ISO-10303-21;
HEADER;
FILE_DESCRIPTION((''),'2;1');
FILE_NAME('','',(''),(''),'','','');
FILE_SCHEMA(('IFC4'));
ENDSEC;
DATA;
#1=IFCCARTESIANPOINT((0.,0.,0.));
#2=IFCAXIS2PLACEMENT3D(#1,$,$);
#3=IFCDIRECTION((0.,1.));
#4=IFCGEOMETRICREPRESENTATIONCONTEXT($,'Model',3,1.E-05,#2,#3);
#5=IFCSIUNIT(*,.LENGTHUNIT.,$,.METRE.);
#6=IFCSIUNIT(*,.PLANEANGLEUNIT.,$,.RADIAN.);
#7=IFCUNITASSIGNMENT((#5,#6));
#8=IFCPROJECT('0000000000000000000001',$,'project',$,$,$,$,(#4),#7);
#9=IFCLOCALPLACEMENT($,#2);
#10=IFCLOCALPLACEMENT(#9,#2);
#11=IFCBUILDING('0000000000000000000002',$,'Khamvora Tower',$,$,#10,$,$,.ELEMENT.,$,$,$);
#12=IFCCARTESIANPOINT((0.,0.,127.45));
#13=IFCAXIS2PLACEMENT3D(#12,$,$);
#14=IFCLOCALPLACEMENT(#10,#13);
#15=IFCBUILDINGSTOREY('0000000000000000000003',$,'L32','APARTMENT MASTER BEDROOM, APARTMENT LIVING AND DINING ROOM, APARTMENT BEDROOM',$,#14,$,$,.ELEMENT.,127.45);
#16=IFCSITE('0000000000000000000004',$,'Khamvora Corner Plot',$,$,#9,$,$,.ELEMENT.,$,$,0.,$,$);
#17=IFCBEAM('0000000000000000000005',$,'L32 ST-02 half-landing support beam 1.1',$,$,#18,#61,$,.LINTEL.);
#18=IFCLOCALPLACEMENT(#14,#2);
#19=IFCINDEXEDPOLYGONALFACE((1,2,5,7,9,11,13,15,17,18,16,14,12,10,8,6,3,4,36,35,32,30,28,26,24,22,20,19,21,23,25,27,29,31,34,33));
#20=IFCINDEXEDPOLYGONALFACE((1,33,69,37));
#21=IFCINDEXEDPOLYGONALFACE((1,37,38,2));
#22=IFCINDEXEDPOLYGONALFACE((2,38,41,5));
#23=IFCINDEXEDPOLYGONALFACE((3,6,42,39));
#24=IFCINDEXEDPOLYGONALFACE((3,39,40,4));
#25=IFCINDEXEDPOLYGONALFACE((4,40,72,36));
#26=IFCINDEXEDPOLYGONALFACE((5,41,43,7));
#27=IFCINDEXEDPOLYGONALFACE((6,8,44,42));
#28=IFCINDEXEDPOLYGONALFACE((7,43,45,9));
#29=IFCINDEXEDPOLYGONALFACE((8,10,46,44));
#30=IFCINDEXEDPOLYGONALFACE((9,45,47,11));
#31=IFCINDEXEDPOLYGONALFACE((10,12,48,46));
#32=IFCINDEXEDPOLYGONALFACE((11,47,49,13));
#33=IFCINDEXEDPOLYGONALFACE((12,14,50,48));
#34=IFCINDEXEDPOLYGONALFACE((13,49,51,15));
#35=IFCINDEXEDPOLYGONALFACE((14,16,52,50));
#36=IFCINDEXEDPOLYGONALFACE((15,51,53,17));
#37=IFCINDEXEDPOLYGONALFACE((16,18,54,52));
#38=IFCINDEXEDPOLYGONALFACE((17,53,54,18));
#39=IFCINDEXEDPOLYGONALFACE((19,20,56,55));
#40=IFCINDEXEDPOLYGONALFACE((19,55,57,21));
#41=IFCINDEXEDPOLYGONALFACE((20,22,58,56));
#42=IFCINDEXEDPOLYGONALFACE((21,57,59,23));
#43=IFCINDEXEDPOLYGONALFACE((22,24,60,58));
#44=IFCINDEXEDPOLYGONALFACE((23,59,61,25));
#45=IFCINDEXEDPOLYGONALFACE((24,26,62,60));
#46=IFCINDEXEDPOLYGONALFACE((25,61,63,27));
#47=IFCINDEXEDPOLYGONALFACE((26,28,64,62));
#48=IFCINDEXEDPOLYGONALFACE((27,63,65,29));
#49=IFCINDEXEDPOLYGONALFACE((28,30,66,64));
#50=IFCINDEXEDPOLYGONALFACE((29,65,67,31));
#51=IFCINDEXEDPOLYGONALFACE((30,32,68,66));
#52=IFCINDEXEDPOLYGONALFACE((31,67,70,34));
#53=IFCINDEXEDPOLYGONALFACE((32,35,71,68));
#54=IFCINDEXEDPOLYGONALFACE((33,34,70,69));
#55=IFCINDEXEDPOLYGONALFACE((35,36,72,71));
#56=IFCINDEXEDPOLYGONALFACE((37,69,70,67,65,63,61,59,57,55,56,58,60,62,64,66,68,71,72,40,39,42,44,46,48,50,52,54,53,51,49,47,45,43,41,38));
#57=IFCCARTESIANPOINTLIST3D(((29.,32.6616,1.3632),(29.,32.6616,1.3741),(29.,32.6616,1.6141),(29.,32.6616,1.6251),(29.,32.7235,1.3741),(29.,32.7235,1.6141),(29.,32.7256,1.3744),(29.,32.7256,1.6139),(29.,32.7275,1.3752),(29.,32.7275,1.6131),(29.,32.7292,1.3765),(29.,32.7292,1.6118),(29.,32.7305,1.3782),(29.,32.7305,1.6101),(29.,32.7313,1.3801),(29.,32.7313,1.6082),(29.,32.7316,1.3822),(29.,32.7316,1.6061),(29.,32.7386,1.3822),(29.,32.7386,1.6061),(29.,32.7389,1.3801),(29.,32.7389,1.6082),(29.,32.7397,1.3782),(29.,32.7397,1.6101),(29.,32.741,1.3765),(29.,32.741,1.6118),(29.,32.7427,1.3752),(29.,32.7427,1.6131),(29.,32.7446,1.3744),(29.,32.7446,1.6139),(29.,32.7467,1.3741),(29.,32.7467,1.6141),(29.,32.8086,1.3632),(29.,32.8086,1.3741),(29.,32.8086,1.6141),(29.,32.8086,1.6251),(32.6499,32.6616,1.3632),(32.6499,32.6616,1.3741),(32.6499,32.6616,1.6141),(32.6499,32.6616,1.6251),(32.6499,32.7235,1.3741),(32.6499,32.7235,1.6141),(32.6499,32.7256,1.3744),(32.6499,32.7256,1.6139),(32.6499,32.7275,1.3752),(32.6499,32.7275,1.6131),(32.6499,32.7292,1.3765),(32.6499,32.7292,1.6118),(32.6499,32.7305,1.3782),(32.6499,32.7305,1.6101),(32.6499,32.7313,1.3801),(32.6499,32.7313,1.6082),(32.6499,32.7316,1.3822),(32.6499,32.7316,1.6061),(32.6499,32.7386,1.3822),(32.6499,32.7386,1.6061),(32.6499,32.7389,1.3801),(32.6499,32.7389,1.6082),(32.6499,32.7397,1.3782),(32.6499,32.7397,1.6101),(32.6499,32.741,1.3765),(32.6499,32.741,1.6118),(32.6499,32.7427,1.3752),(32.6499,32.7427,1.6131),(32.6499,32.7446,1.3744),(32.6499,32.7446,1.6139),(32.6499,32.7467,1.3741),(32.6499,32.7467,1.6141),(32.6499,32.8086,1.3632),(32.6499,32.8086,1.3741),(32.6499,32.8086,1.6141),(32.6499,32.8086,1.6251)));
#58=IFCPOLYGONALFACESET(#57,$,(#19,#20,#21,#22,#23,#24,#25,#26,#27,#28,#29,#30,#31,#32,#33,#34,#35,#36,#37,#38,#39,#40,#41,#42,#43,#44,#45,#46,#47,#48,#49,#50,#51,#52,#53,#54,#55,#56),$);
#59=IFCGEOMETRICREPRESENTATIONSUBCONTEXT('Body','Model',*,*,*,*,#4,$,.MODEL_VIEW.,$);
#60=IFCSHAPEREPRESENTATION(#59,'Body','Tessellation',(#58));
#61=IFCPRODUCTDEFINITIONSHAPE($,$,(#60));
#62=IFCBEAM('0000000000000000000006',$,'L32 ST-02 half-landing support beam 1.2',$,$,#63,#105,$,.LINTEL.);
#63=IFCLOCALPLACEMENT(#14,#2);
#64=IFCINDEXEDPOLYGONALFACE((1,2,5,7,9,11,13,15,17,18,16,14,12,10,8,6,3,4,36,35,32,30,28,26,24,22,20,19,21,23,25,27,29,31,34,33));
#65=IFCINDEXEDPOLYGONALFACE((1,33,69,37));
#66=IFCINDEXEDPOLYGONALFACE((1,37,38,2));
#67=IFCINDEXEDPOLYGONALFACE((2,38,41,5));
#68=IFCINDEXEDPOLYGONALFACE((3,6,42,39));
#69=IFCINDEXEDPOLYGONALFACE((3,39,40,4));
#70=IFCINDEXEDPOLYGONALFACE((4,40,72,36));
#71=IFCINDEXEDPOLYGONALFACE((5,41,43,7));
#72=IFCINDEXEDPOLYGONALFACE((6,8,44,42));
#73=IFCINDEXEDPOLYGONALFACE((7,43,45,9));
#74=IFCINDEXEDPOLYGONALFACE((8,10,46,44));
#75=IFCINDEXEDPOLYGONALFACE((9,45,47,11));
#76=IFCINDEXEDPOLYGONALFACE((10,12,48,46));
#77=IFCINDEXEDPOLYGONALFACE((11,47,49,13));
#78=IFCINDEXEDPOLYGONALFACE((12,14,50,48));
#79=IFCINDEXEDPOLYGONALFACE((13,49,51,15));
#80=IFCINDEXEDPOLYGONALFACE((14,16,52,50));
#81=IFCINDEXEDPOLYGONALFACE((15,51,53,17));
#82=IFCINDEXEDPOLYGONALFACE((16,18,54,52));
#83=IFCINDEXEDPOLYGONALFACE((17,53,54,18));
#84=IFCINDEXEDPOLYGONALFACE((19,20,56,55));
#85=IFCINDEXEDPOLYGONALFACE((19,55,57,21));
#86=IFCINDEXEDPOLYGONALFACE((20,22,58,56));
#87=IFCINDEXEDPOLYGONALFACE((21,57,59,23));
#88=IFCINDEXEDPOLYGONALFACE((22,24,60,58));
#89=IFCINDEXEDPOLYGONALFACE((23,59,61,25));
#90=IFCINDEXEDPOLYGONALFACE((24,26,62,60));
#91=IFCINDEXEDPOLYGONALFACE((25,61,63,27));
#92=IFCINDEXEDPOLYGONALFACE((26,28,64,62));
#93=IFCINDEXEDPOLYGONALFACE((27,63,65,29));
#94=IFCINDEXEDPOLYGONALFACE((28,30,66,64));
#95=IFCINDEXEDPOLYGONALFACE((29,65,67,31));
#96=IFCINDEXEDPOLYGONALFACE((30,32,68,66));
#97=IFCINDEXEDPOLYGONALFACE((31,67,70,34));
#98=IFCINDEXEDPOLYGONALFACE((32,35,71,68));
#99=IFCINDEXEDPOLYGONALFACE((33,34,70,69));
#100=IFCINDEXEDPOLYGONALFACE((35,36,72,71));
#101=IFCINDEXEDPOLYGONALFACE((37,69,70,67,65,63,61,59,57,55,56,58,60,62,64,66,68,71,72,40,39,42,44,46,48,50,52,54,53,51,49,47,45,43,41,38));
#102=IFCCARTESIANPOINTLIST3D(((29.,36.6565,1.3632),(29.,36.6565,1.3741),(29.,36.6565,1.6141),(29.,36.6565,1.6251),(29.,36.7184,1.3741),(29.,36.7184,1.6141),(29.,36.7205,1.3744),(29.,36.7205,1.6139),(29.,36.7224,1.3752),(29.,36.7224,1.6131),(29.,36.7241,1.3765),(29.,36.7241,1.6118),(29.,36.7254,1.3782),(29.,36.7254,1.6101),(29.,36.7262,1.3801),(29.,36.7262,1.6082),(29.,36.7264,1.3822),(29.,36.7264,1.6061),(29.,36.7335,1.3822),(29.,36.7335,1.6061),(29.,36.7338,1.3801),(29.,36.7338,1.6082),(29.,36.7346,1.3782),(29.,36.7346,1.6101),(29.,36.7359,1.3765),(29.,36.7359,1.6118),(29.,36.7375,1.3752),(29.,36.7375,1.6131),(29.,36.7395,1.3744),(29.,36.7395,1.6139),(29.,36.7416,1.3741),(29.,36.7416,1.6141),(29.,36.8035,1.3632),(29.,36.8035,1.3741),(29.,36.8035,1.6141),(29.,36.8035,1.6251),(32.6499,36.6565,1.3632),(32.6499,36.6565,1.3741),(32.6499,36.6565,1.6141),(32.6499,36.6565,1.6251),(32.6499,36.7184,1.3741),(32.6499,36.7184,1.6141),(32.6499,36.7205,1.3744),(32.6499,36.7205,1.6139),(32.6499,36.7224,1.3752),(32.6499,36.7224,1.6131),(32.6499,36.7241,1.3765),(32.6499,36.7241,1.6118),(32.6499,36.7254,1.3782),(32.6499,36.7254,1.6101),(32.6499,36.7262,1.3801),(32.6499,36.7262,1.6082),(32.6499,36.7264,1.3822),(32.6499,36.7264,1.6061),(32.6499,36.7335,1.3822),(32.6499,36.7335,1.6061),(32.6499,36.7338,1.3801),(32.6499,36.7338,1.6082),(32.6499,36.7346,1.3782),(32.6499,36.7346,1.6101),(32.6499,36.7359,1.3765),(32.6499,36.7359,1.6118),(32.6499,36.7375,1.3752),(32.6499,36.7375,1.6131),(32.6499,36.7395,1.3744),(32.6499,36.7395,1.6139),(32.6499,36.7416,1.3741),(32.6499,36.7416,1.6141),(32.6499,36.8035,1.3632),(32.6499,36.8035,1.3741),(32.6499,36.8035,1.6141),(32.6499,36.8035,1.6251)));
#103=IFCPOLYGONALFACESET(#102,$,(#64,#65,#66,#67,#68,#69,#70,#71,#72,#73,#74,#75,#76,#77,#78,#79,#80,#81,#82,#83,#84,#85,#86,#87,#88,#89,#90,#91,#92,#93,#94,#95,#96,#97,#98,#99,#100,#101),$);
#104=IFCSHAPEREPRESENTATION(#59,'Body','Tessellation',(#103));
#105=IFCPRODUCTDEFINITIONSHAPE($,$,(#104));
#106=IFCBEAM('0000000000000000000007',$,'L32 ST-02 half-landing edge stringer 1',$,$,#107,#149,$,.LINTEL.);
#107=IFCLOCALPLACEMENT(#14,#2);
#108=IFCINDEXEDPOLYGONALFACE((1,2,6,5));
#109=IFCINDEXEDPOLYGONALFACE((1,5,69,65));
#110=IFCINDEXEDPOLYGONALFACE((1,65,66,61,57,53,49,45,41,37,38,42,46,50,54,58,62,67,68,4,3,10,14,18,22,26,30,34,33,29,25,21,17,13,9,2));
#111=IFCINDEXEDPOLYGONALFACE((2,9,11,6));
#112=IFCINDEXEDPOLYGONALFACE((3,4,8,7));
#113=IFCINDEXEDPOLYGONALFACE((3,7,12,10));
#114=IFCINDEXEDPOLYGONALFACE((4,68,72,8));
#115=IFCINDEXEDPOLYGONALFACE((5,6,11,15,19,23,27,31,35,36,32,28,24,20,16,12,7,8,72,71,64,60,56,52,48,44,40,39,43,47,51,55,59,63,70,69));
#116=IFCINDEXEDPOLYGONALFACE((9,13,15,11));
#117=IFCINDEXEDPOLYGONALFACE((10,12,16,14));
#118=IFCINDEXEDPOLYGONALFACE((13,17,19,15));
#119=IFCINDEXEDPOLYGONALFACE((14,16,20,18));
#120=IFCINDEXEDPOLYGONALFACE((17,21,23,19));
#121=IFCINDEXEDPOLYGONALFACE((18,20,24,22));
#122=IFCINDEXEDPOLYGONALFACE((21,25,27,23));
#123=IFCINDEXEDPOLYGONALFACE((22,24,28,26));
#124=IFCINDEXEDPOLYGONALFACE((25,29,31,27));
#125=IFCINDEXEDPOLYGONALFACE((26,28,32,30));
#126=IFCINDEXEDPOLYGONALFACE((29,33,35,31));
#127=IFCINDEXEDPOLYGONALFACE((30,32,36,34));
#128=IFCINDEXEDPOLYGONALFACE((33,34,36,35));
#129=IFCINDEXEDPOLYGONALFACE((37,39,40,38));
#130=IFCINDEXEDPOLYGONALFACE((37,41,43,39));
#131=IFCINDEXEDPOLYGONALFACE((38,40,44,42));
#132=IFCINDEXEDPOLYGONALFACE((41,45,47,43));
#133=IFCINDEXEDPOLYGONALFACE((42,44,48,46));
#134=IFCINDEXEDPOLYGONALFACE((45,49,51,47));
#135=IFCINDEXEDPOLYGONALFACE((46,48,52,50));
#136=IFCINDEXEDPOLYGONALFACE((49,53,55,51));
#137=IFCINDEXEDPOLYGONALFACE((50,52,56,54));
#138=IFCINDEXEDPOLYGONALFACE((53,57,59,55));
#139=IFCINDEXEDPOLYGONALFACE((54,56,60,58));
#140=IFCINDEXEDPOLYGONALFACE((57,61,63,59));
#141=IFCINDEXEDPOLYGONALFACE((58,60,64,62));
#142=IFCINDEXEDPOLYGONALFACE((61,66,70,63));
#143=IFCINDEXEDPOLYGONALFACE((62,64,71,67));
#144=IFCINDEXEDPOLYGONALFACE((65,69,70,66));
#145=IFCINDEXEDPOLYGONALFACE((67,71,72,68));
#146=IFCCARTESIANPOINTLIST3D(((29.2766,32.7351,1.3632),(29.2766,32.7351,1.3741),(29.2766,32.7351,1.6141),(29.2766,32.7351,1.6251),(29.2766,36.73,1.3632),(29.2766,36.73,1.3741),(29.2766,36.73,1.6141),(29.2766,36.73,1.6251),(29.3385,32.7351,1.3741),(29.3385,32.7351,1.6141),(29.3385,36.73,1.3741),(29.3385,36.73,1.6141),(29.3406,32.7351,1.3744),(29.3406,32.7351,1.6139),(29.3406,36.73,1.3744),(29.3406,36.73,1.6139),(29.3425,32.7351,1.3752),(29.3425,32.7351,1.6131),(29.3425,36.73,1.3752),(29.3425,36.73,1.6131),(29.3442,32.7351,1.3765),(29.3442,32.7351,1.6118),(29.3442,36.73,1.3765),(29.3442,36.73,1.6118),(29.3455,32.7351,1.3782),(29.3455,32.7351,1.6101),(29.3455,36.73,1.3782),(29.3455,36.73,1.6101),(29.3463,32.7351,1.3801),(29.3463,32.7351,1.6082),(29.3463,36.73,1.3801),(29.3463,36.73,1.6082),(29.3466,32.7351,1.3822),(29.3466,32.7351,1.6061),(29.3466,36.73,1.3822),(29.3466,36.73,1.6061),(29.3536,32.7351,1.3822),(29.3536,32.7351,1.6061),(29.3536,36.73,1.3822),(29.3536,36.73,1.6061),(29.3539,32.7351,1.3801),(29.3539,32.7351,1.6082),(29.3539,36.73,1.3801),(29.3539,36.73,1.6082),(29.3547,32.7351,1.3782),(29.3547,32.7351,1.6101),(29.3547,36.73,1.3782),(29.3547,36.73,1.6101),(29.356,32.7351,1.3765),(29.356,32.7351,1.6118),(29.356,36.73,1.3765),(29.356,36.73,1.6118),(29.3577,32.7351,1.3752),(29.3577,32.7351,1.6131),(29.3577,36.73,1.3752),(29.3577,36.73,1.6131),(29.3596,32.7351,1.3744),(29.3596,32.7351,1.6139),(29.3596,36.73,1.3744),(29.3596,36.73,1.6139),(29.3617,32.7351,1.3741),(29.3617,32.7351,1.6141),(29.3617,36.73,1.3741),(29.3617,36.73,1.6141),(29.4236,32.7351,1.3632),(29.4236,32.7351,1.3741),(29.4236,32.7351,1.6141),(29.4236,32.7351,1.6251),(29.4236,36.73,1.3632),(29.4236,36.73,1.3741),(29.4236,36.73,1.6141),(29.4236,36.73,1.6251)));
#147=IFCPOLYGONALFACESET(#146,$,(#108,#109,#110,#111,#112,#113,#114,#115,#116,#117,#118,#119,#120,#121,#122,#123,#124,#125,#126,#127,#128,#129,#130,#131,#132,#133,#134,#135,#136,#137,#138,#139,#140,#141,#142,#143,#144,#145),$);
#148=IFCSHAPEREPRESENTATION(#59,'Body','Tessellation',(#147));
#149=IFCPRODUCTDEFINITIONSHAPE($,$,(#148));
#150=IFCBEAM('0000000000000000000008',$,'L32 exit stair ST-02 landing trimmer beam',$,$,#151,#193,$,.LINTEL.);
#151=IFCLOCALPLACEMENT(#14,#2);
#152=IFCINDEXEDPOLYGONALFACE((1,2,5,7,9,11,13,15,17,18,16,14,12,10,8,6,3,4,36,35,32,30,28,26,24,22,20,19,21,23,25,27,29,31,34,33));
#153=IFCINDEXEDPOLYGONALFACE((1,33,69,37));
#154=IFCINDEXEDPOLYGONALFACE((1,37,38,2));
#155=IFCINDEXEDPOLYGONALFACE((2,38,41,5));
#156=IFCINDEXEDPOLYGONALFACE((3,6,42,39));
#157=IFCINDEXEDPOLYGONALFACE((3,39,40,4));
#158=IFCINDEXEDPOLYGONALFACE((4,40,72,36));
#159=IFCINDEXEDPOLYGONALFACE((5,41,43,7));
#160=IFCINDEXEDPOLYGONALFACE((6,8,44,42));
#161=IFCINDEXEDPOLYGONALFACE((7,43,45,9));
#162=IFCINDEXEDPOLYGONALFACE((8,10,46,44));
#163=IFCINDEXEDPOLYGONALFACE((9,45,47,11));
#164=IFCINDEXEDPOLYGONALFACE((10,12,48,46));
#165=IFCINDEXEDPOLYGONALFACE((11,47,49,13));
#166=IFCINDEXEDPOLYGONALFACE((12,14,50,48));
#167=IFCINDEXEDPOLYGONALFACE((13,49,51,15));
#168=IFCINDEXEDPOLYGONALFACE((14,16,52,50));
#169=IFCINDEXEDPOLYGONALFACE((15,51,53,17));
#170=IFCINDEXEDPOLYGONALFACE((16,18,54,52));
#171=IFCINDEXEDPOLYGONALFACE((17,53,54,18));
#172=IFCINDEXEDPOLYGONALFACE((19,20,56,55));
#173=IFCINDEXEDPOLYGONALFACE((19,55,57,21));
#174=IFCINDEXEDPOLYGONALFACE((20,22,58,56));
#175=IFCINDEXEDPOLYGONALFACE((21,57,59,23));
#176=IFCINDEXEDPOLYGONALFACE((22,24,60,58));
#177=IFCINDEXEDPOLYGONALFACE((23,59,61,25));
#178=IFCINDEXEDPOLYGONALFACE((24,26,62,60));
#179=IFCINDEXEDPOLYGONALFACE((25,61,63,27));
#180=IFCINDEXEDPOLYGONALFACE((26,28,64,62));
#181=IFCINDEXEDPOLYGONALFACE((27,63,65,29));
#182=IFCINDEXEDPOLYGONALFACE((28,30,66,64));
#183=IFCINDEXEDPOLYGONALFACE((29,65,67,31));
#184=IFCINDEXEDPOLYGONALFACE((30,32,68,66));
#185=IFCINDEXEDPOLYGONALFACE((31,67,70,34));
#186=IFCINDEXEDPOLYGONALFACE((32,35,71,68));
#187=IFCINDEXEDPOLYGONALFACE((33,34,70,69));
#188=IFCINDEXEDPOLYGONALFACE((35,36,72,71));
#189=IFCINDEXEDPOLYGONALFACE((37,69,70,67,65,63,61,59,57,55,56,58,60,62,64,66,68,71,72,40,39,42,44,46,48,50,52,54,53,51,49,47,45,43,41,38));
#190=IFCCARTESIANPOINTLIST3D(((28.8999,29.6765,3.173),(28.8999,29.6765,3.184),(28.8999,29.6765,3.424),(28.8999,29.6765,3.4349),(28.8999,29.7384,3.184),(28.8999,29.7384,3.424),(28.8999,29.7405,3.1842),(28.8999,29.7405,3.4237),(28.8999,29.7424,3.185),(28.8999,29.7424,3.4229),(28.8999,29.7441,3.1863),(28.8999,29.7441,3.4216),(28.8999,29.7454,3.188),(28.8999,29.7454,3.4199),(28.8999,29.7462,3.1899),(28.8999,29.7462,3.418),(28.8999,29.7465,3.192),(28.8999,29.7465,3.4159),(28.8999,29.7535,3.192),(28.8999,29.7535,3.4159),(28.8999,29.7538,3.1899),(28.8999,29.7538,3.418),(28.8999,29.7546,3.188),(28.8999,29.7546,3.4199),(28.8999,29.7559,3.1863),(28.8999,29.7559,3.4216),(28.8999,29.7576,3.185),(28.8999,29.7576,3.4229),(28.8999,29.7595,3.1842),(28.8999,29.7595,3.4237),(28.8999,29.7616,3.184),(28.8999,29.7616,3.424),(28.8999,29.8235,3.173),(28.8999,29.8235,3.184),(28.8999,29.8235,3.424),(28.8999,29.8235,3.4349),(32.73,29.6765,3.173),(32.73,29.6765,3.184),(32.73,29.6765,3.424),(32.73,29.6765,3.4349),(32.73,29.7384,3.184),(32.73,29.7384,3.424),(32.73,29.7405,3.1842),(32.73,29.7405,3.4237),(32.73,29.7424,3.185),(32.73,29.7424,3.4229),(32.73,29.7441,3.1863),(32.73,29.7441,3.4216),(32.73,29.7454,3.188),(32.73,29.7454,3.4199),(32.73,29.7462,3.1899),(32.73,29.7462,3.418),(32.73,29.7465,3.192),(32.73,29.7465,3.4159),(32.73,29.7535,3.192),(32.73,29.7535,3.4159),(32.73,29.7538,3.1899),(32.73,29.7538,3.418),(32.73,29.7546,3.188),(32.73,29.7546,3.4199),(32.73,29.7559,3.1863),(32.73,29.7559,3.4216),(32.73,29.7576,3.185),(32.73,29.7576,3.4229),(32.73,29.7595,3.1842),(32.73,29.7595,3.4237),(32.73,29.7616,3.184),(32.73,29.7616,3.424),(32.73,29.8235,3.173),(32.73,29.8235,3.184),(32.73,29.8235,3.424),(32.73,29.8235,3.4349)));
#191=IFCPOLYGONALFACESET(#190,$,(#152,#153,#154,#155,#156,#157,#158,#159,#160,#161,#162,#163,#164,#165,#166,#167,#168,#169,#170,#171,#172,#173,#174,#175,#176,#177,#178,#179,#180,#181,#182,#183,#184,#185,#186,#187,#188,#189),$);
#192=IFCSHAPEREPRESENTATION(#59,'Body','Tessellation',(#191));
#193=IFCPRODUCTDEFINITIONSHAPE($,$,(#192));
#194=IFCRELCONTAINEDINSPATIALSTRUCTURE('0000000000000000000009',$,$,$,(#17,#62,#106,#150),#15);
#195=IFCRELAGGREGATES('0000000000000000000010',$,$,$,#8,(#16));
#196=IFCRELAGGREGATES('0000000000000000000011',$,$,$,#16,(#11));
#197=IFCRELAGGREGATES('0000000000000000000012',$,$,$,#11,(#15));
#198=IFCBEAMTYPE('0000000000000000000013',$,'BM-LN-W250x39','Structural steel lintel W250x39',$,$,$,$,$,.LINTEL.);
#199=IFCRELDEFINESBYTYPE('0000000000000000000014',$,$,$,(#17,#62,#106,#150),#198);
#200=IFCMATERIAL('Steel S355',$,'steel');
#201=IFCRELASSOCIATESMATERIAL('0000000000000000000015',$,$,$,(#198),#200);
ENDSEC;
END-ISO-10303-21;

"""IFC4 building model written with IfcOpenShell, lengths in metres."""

from ifc_helpers import new_model, si_unit, direction, frame, origin, origin_2d, place, context, subcontext, project, spatial, i_section, extrude, material, material_profile, profile_set, type_object, element, save


model = new_model("IFC4")

# Units and contexts
model_context = context("Model", 3, precision=1e-05, world=origin(), true_north=direction((0.0, 1.0)))
body_context = subcontext(model_context, "Body", "Model", "MODEL_VIEW")
ifc_project = project(units=[si_unit("LENGTHUNIT", "METRE"), si_unit("PLANEANGLEUNIT", "RADIAN")], contexts=[model_context])

# Site, building, storey
site_placement = place(None, origin())
site = spatial("IfcSite", under=ifc_project, at=site_placement, Name="Khamvora Corner Plot", CompositionType="ELEMENT", RefElevation=0.0)
building_placement = place(site_placement, origin())
building = spatial("IfcBuilding", under=site, at=building_placement, Name="Khamvora Tower", CompositionType="ELEMENT")
storey_placement = place(building_placement, frame((0.0, 0.0, 127.45)))
storey = spatial("IfcBuildingStorey", under=building, at=storey_placement, Name="L32", Description="APARTMENT MASTER BEDROOM, APARTMENT LIVING AND DINING ROOM, APARTMENT BEDROOM", CompositionType="ELEMENT", Elevation=127.45)

# Beams
ifc_material_1 = material(Name="Steel S355", Category="steel")
ifc_material_profile = material_profile(ifc_material_1, i_section(OverallWidth=0.147, OverallDepth=0.262, WebThickness=0.0071, FlangeThickness=0.011, FilletRadius=0.0081, at=origin_2d()), Name="W250x39")
ifc_profile_set = profile_set([ifc_material_profile], Name="Steel S355")
beam_type = type_object("IfcBeamType", Name="BM-LN-W250x39", Description="Structural steel lintel W250x39", PredefinedType="LINTEL", material=ifc_profile_set)
for number, where, z_axis, x_axis, name in (
    (1, (29.0, 32.7351, 1.4941), (1.0, 0.0, 0.0), (0.0, 1.0, 0.0), "L32 ST-02 half-landing support beam 1.1"),
    (2, (29.0, 36.73, 1.4941), (1.0, 0.0, 0.0), (0.0, 1.0, 0.0), "L32 ST-02 half-landing support beam 1.2"),
):
    element("IfcBeam", number, at=place(storey_placement, frame(where, z_axis=z_axis, x_axis=x_axis)), inside=storey, type_object=beam_type, Name=name, PredefinedType="LINTEL", context=body_context, shape_type="SweptSolid", body=[
        extrude(i_section(OverallWidth=0.147, OverallDepth=0.262, WebThickness=0.0071, FlangeThickness=0.011, FilletRadius=0.0081, at=origin_2d()), origin(), (0.0, 0.0, 1.0), 3.6499),
    ])
beam_1_placement = place(storey_placement, frame((29.3501, 32.7351, 1.4941), z_axis=(0.0, 1.0, 0.0), x_axis=(-1.0, 0.0, 0.0)))
element("IfcBeam", 3, at=beam_1_placement, inside=storey, type_object=beam_type, Name="L32 ST-02 half-landing edge stringer 1", PredefinedType="LINTEL", context=body_context, shape_type="SweptSolid", body=[
    extrude(i_section(OverallWidth=0.147, OverallDepth=0.262, WebThickness=0.0071, FlangeThickness=0.011, FilletRadius=0.0081, at=origin_2d()), origin(), (0.0, 0.0, 1.0), 3.9949),
])
beam_2_placement = place(storey_placement, frame((28.8999, 29.75, 3.304), z_axis=(1.0, 0.0, 0.0), x_axis=(0.0, 1.0, 0.0)))
element("IfcBeam", 4, at=beam_2_placement, inside=storey, type_object=beam_type, Name="L32 exit stair ST-02 landing trimmer beam", PredefinedType="LINTEL", context=body_context, shape_type="SweptSolid", body=[
    extrude(i_section(OverallWidth=0.147, OverallDepth=0.262, WebThickness=0.0071, FlangeThickness=0.011, FilletRadius=0.0081, at=origin_2d()), origin(), (0.0, 0.0, 1.0), 3.8301),
])

save(model, "model.ifc")
